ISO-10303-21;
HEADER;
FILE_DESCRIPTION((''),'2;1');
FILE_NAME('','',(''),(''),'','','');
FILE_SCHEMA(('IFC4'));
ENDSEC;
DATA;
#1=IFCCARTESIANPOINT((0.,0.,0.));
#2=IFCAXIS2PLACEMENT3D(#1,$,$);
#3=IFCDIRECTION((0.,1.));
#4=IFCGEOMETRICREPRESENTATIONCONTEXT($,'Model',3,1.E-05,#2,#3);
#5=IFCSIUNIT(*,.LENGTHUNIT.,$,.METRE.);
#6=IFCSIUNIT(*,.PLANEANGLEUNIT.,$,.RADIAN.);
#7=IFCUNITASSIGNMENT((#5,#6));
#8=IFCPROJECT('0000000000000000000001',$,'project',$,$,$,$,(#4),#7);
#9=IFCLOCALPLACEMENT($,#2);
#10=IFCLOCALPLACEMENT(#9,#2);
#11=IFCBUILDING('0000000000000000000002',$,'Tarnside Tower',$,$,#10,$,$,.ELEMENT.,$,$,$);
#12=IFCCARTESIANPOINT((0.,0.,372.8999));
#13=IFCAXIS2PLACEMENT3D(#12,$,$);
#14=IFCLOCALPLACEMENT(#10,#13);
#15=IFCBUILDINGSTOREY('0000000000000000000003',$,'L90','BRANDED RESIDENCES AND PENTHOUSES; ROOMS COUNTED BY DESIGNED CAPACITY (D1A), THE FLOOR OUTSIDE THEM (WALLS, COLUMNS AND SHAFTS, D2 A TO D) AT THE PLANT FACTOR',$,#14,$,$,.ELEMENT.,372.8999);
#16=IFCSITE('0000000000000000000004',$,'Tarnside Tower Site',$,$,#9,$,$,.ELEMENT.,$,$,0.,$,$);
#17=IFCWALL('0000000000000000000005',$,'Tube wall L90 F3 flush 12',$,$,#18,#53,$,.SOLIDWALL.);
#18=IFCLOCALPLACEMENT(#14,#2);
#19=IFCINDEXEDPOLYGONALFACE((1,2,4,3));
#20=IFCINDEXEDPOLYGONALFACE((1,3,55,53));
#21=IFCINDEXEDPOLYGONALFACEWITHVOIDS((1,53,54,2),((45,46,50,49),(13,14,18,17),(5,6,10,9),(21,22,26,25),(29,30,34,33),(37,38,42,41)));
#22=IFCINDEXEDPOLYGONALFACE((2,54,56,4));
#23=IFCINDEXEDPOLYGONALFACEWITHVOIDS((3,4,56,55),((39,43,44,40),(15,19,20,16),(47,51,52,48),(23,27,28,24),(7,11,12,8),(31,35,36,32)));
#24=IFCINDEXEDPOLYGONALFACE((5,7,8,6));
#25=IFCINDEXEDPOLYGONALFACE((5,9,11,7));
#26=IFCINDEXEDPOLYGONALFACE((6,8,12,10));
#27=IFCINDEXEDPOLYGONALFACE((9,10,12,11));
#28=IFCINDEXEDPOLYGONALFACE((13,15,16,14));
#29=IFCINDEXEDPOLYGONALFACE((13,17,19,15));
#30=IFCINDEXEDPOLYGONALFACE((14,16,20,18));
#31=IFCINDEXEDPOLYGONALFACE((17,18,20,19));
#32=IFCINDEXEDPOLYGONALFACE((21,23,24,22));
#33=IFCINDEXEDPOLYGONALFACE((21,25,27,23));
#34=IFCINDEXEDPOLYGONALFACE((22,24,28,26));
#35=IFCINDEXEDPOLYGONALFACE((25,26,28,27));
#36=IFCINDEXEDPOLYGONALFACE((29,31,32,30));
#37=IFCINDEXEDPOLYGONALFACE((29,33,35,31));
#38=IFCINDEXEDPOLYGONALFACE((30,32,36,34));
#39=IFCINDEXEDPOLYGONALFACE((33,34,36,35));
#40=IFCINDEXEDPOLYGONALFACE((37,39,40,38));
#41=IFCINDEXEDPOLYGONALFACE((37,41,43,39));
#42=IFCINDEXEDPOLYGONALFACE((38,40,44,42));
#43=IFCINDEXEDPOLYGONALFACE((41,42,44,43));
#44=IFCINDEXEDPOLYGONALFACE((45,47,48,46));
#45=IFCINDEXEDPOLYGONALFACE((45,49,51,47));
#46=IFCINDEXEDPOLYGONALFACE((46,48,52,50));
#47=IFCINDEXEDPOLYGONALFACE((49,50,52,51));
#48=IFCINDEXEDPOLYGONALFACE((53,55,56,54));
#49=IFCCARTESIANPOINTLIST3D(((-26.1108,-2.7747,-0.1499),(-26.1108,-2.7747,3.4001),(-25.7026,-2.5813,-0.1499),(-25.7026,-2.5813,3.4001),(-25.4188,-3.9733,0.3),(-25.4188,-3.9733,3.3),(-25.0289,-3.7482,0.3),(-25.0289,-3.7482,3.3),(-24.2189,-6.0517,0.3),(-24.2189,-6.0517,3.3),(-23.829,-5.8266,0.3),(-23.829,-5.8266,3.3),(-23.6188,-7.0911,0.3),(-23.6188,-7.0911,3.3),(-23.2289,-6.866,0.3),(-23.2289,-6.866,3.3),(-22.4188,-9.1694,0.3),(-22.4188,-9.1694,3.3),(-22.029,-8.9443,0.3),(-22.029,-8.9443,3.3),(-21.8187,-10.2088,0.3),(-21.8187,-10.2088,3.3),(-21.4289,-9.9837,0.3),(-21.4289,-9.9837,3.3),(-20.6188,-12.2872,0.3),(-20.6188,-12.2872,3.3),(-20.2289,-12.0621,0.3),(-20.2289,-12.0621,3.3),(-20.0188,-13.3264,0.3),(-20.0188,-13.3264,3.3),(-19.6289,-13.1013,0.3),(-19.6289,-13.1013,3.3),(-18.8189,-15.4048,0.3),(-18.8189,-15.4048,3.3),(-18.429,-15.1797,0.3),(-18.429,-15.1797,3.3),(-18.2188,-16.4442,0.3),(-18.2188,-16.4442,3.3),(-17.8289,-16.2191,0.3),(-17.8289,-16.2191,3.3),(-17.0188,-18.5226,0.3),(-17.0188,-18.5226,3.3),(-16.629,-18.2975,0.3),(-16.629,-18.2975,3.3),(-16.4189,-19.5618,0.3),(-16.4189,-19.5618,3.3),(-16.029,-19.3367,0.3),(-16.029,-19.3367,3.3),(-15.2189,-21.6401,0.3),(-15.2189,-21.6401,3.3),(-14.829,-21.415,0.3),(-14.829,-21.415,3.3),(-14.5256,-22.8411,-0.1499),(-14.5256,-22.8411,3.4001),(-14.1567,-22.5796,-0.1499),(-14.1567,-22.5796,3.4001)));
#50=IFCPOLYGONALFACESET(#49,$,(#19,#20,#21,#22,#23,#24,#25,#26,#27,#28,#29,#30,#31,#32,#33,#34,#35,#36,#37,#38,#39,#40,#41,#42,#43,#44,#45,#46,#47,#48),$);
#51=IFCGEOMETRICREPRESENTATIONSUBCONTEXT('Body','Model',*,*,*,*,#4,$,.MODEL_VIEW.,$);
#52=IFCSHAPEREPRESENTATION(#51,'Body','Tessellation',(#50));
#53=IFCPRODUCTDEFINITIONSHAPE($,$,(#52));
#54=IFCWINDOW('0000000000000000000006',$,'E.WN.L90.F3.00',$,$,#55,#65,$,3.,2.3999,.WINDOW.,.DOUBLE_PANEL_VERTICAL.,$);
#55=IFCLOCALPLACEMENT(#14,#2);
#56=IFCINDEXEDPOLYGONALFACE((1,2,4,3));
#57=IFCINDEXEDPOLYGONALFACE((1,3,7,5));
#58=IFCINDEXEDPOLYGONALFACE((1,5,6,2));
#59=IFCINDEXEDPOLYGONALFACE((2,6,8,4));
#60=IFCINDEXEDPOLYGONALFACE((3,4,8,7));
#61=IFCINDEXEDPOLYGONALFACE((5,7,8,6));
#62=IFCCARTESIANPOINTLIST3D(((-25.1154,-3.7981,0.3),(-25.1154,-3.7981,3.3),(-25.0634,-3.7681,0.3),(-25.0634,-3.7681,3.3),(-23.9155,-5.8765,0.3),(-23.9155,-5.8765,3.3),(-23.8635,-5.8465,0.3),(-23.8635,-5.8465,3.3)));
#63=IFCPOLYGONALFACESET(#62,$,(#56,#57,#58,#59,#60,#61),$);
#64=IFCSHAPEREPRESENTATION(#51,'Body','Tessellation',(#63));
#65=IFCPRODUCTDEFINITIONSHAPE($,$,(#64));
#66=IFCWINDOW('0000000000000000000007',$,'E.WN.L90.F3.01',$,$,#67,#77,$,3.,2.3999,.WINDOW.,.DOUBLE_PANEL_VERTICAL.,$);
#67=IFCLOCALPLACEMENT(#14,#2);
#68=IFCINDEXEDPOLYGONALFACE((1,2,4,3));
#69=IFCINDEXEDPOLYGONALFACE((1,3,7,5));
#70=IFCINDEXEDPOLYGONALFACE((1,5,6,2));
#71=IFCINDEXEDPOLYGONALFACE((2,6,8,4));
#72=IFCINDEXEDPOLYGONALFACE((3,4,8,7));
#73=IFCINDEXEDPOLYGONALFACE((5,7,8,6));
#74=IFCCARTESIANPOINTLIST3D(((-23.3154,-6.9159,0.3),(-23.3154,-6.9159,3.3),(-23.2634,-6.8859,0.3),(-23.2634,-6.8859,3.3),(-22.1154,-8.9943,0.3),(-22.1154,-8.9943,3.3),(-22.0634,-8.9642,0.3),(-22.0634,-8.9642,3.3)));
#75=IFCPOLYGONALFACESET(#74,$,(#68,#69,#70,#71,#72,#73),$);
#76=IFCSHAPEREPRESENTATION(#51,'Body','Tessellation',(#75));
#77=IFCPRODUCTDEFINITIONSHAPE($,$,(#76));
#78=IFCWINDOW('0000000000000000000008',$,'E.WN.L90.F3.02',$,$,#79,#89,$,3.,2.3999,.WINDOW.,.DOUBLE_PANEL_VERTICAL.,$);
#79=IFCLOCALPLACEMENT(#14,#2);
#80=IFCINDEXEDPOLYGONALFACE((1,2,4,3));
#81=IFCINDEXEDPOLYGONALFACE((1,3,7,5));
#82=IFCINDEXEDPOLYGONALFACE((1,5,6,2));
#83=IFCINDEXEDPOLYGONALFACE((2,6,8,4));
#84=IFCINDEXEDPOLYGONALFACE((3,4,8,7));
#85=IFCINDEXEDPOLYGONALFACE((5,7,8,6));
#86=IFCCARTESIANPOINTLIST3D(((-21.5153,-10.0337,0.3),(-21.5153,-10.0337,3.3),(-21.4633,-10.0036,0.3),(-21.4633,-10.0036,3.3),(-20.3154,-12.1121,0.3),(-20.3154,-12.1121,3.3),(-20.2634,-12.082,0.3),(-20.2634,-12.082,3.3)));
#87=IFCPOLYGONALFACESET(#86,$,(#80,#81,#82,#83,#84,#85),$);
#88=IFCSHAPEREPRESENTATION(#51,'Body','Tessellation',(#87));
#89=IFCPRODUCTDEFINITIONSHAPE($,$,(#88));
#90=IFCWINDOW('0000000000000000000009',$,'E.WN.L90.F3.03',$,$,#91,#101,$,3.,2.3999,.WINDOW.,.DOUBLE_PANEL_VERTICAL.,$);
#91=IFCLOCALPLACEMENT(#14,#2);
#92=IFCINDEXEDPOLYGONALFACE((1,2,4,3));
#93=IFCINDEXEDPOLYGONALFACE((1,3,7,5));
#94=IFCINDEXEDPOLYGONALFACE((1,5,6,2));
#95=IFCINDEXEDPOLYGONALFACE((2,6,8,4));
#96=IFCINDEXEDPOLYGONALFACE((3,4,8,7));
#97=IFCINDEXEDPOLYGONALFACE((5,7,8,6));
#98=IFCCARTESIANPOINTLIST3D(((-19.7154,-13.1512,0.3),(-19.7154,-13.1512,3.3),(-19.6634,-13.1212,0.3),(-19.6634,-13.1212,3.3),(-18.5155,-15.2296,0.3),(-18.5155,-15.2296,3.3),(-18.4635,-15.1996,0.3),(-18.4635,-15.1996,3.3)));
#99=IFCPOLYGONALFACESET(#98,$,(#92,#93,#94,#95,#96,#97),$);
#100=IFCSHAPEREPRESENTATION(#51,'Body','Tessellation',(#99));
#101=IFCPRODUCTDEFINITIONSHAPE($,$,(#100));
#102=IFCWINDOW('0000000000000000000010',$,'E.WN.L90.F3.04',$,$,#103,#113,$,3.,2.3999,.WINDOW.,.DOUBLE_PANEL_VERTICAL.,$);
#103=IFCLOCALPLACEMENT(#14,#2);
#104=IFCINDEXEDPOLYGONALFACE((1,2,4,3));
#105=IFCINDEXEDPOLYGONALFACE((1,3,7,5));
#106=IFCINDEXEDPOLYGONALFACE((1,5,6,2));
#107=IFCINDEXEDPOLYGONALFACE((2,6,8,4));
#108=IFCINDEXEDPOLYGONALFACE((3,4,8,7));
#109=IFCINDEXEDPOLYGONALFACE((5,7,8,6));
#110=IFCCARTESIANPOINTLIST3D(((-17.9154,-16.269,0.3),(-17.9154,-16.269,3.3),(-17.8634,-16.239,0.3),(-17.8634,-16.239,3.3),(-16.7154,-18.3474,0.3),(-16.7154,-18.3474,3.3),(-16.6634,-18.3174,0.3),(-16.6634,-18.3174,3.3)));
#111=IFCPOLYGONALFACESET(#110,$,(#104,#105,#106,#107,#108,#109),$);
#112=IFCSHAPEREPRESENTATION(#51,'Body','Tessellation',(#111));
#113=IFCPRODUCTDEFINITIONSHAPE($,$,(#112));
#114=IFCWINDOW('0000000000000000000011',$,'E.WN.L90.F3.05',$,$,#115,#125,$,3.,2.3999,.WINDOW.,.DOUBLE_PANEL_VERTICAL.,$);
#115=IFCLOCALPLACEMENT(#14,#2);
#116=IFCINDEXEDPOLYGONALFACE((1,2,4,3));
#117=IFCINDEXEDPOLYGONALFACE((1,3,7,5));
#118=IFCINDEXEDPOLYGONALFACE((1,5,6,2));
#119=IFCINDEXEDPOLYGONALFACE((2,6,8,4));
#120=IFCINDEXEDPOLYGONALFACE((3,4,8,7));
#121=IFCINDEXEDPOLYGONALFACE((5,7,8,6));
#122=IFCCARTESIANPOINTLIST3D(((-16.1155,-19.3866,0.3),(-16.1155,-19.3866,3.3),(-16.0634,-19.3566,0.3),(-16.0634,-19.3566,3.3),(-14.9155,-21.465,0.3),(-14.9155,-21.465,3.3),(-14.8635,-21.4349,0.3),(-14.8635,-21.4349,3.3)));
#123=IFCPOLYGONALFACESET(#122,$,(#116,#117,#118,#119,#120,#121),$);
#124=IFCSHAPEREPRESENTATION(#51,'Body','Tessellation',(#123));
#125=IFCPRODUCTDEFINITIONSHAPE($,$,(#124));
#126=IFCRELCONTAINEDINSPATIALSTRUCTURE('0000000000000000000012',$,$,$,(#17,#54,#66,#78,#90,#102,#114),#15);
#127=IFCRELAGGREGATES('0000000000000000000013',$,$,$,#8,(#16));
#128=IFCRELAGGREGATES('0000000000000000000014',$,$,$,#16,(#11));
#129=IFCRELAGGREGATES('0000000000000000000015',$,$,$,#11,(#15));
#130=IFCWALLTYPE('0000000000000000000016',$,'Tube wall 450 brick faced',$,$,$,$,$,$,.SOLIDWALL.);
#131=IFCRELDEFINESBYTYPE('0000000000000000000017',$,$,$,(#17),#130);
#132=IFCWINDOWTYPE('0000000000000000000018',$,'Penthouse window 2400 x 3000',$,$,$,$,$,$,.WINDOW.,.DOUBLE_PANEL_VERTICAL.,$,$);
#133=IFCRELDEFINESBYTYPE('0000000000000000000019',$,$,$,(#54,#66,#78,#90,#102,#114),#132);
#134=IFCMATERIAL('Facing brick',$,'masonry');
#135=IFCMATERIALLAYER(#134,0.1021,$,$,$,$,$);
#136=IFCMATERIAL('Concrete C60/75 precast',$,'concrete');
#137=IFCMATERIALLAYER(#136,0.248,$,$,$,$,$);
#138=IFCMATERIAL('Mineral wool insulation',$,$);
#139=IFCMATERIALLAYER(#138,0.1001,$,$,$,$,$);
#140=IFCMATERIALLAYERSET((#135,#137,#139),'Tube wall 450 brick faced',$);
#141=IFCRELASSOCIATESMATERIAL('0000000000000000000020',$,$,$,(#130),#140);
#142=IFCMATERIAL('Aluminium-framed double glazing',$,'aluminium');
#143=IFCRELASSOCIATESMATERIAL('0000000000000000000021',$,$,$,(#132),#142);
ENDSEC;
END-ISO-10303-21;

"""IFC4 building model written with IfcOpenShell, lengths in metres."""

from ifc_helpers import new_model, si_unit, direction, frame, frame_2d, origin, place, context, subcontext, project, spatial, polyline, rectangle, outline, extrude, material, layer, layer_set, type_object, element, fill, save


model = new_model("IFC4")

# Units and contexts
model_context = context("Model", 3, precision=1e-05, world=origin(), true_north=direction((0.0, 1.0)))
body_context = subcontext(model_context, "Body", "Model", "MODEL_VIEW")
ifc_project = project(units=[si_unit("LENGTHUNIT", "METRE"), si_unit("PLANEANGLEUNIT", "RADIAN")], contexts=[model_context])

# Site, building, storey
site_placement = place(None, origin())
site = spatial("IfcSite", under=ifc_project, at=site_placement, Name="Tarnside Tower Site", CompositionType="ELEMENT", RefElevation=0.0)
building_placement = place(site_placement, origin())
building = spatial("IfcBuilding", under=site, at=building_placement, Name="Tarnside Tower", CompositionType="ELEMENT")
storey_placement = place(building_placement, frame((0.0, 0.0, 372.8999)))
storey = spatial("IfcBuildingStorey", under=building, at=storey_placement, Name="L90", Description="BRANDED RESIDENCES AND PENTHOUSES; ROOMS COUNTED BY DESIGNED CAPACITY (D1A), THE FLOOR OUTSIDE THEM (WALLS, COLUMNS AND SHAFTS, D2 A TO D) AT THE PLANT FACTOR", CompositionType="ELEMENT", Elevation=372.8999)

# Shared definitions
ifc_material_1 = material(Name="Facing brick", Category="masonry")
ifc_layer_1 = layer(ifc_material_1, 0.1021)
ifc_material_2 = material(Name="Concrete C60/75 precast", Category="concrete")
ifc_layer_2 = layer(ifc_material_2, 0.248)
ifc_material_3 = material(Name="Mineral wool insulation")
ifc_layer_3 = layer(ifc_material_3, 0.1001)
ifc_layer_set_1 = layer_set([ifc_layer_1, ifc_layer_2, ifc_layer_3], Name="Tube wall 450 brick faced")
wall_type_1 = type_object("IfcWallType", Name="Tube wall 450 brick faced", PredefinedType="SOLIDWALL", material=ifc_layer_set_1)

# Wall, openings, windows
wall_1_placement = place(storey_placement, frame((-25.9067, -2.678, -0.1499), z_axis=(0.0, 0.0, 1.0), x_axis=(0.499997, -0.866027, 0.0)))
wall_1 = element("IfcWall", 1, at=wall_1_placement, inside=storey, type_object=wall_type_1, Name="Tube wall L90 F3 flush 12", PredefinedType="SOLIDWALL", context=body_context, shape_type="SweptSolid", body=[
    extrude(outline(polyline([(-0.0183, -0.2251), (23.1523, -0.2251), (23.1104, 0.2251), (0.0183, 0.2251), (-0.0183, -0.2251)])), origin(), (0.0, 0.0, 1.0), 3.55),
])
opening_1_placement = place(wall_1_placement, frame((1.3657, 0.0, 0.45)))
opening_1 = element("IfcOpeningElement", 2, at=opening_1_placement, cuts=wall_1, PredefinedType="OPENING", context=body_context, shape_type="SweptSolid", body=[
    extrude(rectangle(XDim=2.3999, YDim=3.0, at=frame_2d((1.2, 1.5))), frame((0.0, 0.2349, 0.0), z_axis=(0.0, -1.0, 0.0), x_axis=(1.0, 0.0, 0.0)), (0.0, 0.0, 1.0), 0.47),
])
opening_2_placement = place(wall_1_placement, frame((4.9658, 0.0, 0.45)))
opening_2 = element("IfcOpeningElement", 3, at=opening_2_placement, cuts=wall_1, PredefinedType="OPENING", context=body_context, shape_type="SweptSolid", body=[
    extrude(rectangle(XDim=2.3999, YDim=3.0, at=frame_2d((1.2, 1.5))), frame((0.0, 0.2349, 0.0), z_axis=(0.0, -1.0, 0.0), x_axis=(1.0, 0.0, 0.0)), (0.0, 0.0, 1.0), 0.47),
])
opening_3_placement = place(wall_1_placement, frame((8.5659, 0.0, 0.45)))
opening_3 = element("IfcOpeningElement", 4, at=opening_3_placement, cuts=wall_1, PredefinedType="OPENING", context=body_context, shape_type="SweptSolid", body=[
    extrude(rectangle(XDim=2.3999, YDim=3.0, at=frame_2d((1.2, 1.5))), frame((0.0, 0.2349, 0.0), z_axis=(0.0, -1.0, 0.0), x_axis=(1.0, 0.0, 0.0)), (0.0, 0.0, 1.0), 0.47),
])
opening_4_placement = place(wall_1_placement, frame((12.1658, 0.0, 0.45)))
opening_4 = element("IfcOpeningElement", 5, at=opening_4_placement, cuts=wall_1, PredefinedType="OPENING", context=body_context, shape_type="SweptSolid", body=[
    extrude(rectangle(XDim=2.3999, YDim=3.0, at=frame_2d((1.2, 1.5))), frame((0.0, 0.2349, 0.0), z_axis=(0.0, -1.0, 0.0), x_axis=(1.0, 0.0, 0.0)), (0.0, 0.0, 1.0), 0.47),
])
opening_5_placement = place(wall_1_placement, frame((15.7659, 0.0, 0.45)))
opening_5 = element("IfcOpeningElement", 6, at=opening_5_placement, cuts=wall_1, PredefinedType="OPENING", context=body_context, shape_type="SweptSolid", body=[
    extrude(rectangle(XDim=2.3999, YDim=3.0, at=frame_2d((1.2, 1.5))), frame((0.0, 0.2349, 0.0), z_axis=(0.0, -1.0, 0.0), x_axis=(1.0, 0.0, 0.0)), (0.0, 0.0, 1.0), 0.47),
])
opening_6_placement = place(wall_1_placement, frame((19.3657, 0.0, 0.45)))
opening_6 = element("IfcOpeningElement", 7, at=opening_6_placement, cuts=wall_1, PredefinedType="OPENING", context=body_context, shape_type="SweptSolid", body=[
    extrude(rectangle(XDim=2.3999, YDim=3.0, at=frame_2d((1.2, 1.5))), frame((0.0, 0.2349, 0.0), z_axis=(0.0, -1.0, 0.0), x_axis=(1.0, 0.0, 0.0)), (0.0, 0.0, 1.0), 0.47),
])
ifc_material_4 = material(Name="Aluminium-framed double glazing", Category="aluminium")
window_type = type_object("IfcWindowType", Name="Penthouse window 2400 x 3000", PartitioningType="DOUBLE_PANEL_VERTICAL", PredefinedType="WINDOW", material=ifc_material_4)
window_1_placement = place(opening_1_placement, frame((0.0, 0.1553, 0.0)))
window_1 = element("IfcWindow", 8, at=window_1_placement, inside=storey, type_object=window_type, Name="E.WN.L90.F3.00", OverallHeight=3.0, OverallWidth=2.3999, PartitioningType="DOUBLE_PANEL_VERTICAL", PredefinedType="WINDOW", context=body_context, shape_type="SweptSolid", body=[
    extrude(rectangle(XDim=2.3999, YDim=3.0, at=frame_2d((1.2, 1.5))), frame((0.0, 0.03, 0.0), z_axis=(0.0, -1.0, 0.0), x_axis=(1.0, 0.0, 0.0)), (0.0, 0.0, 1.0), 0.0601),
])
fill(opening_1, window_1)
window_2_placement = place(opening_2_placement, frame((0.0, 0.1553, 0.0)))
window_2 = element("IfcWindow", 9, at=window_2_placement, inside=storey, type_object=window_type, Name="E.WN.L90.F3.01", OverallHeight=3.0, OverallWidth=2.3999, PartitioningType="DOUBLE_PANEL_VERTICAL", PredefinedType="WINDOW", context=body_context, shape_type="SweptSolid", body=[
    extrude(rectangle(XDim=2.3999, YDim=3.0, at=frame_2d((1.2, 1.5))), frame((0.0, 0.03, 0.0), z_axis=(0.0, -1.0, 0.0), x_axis=(1.0, 0.0, 0.0)), (0.0, 0.0, 1.0), 0.0601),
])
fill(opening_2, window_2)
window_3_placement = place(opening_3_placement, frame((0.0, 0.1553, 0.0)))
window_3 = element("IfcWindow", 10, at=window_3_placement, inside=storey, type_object=window_type, Name="E.WN.L90.F3.02", OverallHeight=3.0, OverallWidth=2.3999, PartitioningType="DOUBLE_PANEL_VERTICAL", PredefinedType="WINDOW", context=body_context, shape_type="SweptSolid", body=[
    extrude(rectangle(XDim=2.3999, YDim=3.0, at=frame_2d((1.2, 1.5))), frame((0.0, 0.03, 0.0), z_axis=(0.0, -1.0, 0.0), x_axis=(1.0, 0.0, 0.0)), (0.0, 0.0, 1.0), 0.0601),
])
fill(opening_3, window_3)
window_4_placement = place(opening_4_placement, frame((0.0, 0.1553, 0.0)))
window_4 = element("IfcWindow", 11, at=window_4_placement, inside=storey, type_object=window_type, Name="E.WN.L90.F3.03", OverallHeight=3.0, OverallWidth=2.3999, PartitioningType="DOUBLE_PANEL_VERTICAL", PredefinedType="WINDOW", context=body_context, shape_type="SweptSolid", body=[
    extrude(rectangle(XDim=2.3999, YDim=3.0, at=frame_2d((1.2, 1.5))), frame((0.0, 0.03, 0.0), z_axis=(0.0, -1.0, 0.0), x_axis=(1.0, 0.0, 0.0)), (0.0, 0.0, 1.0), 0.0601),
])
fill(opening_4, window_4)
window_5_placement = place(opening_5_placement, frame((0.0, 0.1553, 0.0)))
window_5 = element("IfcWindow", 12, at=window_5_placement, inside=storey, type_object=window_type, Name="E.WN.L90.F3.04", OverallHeight=3.0, OverallWidth=2.3999, PartitioningType="DOUBLE_PANEL_VERTICAL", PredefinedType="WINDOW", context=body_context, shape_type="SweptSolid", body=[
    extrude(rectangle(XDim=2.3999, YDim=3.0, at=frame_2d((1.2, 1.5))), frame((0.0, 0.03, 0.0), z_axis=(0.0, -1.0, 0.0), x_axis=(1.0, 0.0, 0.0)), (0.0, 0.0, 1.0), 0.0601),
])
fill(opening_5, window_5)
window_6_placement = place(opening_6_placement, frame((0.0, 0.1553, 0.0)))
window_6 = element("IfcWindow", 13, at=window_6_placement, inside=storey, type_object=window_type, Name="E.WN.L90.F3.05", OverallHeight=3.0, OverallWidth=2.3999, PartitioningType="DOUBLE_PANEL_VERTICAL", PredefinedType="WINDOW", context=body_context, shape_type="SweptSolid", body=[
    extrude(rectangle(XDim=2.3999, YDim=3.0, at=frame_2d((1.2, 1.5))), frame((0.0, 0.03, 0.0), z_axis=(0.0, -1.0, 0.0), x_axis=(1.0, 0.0, 0.0)), (0.0, 0.0, 1.0), 0.0601),
])
fill(opening_6, window_6)

save(model, "model.ifc")
